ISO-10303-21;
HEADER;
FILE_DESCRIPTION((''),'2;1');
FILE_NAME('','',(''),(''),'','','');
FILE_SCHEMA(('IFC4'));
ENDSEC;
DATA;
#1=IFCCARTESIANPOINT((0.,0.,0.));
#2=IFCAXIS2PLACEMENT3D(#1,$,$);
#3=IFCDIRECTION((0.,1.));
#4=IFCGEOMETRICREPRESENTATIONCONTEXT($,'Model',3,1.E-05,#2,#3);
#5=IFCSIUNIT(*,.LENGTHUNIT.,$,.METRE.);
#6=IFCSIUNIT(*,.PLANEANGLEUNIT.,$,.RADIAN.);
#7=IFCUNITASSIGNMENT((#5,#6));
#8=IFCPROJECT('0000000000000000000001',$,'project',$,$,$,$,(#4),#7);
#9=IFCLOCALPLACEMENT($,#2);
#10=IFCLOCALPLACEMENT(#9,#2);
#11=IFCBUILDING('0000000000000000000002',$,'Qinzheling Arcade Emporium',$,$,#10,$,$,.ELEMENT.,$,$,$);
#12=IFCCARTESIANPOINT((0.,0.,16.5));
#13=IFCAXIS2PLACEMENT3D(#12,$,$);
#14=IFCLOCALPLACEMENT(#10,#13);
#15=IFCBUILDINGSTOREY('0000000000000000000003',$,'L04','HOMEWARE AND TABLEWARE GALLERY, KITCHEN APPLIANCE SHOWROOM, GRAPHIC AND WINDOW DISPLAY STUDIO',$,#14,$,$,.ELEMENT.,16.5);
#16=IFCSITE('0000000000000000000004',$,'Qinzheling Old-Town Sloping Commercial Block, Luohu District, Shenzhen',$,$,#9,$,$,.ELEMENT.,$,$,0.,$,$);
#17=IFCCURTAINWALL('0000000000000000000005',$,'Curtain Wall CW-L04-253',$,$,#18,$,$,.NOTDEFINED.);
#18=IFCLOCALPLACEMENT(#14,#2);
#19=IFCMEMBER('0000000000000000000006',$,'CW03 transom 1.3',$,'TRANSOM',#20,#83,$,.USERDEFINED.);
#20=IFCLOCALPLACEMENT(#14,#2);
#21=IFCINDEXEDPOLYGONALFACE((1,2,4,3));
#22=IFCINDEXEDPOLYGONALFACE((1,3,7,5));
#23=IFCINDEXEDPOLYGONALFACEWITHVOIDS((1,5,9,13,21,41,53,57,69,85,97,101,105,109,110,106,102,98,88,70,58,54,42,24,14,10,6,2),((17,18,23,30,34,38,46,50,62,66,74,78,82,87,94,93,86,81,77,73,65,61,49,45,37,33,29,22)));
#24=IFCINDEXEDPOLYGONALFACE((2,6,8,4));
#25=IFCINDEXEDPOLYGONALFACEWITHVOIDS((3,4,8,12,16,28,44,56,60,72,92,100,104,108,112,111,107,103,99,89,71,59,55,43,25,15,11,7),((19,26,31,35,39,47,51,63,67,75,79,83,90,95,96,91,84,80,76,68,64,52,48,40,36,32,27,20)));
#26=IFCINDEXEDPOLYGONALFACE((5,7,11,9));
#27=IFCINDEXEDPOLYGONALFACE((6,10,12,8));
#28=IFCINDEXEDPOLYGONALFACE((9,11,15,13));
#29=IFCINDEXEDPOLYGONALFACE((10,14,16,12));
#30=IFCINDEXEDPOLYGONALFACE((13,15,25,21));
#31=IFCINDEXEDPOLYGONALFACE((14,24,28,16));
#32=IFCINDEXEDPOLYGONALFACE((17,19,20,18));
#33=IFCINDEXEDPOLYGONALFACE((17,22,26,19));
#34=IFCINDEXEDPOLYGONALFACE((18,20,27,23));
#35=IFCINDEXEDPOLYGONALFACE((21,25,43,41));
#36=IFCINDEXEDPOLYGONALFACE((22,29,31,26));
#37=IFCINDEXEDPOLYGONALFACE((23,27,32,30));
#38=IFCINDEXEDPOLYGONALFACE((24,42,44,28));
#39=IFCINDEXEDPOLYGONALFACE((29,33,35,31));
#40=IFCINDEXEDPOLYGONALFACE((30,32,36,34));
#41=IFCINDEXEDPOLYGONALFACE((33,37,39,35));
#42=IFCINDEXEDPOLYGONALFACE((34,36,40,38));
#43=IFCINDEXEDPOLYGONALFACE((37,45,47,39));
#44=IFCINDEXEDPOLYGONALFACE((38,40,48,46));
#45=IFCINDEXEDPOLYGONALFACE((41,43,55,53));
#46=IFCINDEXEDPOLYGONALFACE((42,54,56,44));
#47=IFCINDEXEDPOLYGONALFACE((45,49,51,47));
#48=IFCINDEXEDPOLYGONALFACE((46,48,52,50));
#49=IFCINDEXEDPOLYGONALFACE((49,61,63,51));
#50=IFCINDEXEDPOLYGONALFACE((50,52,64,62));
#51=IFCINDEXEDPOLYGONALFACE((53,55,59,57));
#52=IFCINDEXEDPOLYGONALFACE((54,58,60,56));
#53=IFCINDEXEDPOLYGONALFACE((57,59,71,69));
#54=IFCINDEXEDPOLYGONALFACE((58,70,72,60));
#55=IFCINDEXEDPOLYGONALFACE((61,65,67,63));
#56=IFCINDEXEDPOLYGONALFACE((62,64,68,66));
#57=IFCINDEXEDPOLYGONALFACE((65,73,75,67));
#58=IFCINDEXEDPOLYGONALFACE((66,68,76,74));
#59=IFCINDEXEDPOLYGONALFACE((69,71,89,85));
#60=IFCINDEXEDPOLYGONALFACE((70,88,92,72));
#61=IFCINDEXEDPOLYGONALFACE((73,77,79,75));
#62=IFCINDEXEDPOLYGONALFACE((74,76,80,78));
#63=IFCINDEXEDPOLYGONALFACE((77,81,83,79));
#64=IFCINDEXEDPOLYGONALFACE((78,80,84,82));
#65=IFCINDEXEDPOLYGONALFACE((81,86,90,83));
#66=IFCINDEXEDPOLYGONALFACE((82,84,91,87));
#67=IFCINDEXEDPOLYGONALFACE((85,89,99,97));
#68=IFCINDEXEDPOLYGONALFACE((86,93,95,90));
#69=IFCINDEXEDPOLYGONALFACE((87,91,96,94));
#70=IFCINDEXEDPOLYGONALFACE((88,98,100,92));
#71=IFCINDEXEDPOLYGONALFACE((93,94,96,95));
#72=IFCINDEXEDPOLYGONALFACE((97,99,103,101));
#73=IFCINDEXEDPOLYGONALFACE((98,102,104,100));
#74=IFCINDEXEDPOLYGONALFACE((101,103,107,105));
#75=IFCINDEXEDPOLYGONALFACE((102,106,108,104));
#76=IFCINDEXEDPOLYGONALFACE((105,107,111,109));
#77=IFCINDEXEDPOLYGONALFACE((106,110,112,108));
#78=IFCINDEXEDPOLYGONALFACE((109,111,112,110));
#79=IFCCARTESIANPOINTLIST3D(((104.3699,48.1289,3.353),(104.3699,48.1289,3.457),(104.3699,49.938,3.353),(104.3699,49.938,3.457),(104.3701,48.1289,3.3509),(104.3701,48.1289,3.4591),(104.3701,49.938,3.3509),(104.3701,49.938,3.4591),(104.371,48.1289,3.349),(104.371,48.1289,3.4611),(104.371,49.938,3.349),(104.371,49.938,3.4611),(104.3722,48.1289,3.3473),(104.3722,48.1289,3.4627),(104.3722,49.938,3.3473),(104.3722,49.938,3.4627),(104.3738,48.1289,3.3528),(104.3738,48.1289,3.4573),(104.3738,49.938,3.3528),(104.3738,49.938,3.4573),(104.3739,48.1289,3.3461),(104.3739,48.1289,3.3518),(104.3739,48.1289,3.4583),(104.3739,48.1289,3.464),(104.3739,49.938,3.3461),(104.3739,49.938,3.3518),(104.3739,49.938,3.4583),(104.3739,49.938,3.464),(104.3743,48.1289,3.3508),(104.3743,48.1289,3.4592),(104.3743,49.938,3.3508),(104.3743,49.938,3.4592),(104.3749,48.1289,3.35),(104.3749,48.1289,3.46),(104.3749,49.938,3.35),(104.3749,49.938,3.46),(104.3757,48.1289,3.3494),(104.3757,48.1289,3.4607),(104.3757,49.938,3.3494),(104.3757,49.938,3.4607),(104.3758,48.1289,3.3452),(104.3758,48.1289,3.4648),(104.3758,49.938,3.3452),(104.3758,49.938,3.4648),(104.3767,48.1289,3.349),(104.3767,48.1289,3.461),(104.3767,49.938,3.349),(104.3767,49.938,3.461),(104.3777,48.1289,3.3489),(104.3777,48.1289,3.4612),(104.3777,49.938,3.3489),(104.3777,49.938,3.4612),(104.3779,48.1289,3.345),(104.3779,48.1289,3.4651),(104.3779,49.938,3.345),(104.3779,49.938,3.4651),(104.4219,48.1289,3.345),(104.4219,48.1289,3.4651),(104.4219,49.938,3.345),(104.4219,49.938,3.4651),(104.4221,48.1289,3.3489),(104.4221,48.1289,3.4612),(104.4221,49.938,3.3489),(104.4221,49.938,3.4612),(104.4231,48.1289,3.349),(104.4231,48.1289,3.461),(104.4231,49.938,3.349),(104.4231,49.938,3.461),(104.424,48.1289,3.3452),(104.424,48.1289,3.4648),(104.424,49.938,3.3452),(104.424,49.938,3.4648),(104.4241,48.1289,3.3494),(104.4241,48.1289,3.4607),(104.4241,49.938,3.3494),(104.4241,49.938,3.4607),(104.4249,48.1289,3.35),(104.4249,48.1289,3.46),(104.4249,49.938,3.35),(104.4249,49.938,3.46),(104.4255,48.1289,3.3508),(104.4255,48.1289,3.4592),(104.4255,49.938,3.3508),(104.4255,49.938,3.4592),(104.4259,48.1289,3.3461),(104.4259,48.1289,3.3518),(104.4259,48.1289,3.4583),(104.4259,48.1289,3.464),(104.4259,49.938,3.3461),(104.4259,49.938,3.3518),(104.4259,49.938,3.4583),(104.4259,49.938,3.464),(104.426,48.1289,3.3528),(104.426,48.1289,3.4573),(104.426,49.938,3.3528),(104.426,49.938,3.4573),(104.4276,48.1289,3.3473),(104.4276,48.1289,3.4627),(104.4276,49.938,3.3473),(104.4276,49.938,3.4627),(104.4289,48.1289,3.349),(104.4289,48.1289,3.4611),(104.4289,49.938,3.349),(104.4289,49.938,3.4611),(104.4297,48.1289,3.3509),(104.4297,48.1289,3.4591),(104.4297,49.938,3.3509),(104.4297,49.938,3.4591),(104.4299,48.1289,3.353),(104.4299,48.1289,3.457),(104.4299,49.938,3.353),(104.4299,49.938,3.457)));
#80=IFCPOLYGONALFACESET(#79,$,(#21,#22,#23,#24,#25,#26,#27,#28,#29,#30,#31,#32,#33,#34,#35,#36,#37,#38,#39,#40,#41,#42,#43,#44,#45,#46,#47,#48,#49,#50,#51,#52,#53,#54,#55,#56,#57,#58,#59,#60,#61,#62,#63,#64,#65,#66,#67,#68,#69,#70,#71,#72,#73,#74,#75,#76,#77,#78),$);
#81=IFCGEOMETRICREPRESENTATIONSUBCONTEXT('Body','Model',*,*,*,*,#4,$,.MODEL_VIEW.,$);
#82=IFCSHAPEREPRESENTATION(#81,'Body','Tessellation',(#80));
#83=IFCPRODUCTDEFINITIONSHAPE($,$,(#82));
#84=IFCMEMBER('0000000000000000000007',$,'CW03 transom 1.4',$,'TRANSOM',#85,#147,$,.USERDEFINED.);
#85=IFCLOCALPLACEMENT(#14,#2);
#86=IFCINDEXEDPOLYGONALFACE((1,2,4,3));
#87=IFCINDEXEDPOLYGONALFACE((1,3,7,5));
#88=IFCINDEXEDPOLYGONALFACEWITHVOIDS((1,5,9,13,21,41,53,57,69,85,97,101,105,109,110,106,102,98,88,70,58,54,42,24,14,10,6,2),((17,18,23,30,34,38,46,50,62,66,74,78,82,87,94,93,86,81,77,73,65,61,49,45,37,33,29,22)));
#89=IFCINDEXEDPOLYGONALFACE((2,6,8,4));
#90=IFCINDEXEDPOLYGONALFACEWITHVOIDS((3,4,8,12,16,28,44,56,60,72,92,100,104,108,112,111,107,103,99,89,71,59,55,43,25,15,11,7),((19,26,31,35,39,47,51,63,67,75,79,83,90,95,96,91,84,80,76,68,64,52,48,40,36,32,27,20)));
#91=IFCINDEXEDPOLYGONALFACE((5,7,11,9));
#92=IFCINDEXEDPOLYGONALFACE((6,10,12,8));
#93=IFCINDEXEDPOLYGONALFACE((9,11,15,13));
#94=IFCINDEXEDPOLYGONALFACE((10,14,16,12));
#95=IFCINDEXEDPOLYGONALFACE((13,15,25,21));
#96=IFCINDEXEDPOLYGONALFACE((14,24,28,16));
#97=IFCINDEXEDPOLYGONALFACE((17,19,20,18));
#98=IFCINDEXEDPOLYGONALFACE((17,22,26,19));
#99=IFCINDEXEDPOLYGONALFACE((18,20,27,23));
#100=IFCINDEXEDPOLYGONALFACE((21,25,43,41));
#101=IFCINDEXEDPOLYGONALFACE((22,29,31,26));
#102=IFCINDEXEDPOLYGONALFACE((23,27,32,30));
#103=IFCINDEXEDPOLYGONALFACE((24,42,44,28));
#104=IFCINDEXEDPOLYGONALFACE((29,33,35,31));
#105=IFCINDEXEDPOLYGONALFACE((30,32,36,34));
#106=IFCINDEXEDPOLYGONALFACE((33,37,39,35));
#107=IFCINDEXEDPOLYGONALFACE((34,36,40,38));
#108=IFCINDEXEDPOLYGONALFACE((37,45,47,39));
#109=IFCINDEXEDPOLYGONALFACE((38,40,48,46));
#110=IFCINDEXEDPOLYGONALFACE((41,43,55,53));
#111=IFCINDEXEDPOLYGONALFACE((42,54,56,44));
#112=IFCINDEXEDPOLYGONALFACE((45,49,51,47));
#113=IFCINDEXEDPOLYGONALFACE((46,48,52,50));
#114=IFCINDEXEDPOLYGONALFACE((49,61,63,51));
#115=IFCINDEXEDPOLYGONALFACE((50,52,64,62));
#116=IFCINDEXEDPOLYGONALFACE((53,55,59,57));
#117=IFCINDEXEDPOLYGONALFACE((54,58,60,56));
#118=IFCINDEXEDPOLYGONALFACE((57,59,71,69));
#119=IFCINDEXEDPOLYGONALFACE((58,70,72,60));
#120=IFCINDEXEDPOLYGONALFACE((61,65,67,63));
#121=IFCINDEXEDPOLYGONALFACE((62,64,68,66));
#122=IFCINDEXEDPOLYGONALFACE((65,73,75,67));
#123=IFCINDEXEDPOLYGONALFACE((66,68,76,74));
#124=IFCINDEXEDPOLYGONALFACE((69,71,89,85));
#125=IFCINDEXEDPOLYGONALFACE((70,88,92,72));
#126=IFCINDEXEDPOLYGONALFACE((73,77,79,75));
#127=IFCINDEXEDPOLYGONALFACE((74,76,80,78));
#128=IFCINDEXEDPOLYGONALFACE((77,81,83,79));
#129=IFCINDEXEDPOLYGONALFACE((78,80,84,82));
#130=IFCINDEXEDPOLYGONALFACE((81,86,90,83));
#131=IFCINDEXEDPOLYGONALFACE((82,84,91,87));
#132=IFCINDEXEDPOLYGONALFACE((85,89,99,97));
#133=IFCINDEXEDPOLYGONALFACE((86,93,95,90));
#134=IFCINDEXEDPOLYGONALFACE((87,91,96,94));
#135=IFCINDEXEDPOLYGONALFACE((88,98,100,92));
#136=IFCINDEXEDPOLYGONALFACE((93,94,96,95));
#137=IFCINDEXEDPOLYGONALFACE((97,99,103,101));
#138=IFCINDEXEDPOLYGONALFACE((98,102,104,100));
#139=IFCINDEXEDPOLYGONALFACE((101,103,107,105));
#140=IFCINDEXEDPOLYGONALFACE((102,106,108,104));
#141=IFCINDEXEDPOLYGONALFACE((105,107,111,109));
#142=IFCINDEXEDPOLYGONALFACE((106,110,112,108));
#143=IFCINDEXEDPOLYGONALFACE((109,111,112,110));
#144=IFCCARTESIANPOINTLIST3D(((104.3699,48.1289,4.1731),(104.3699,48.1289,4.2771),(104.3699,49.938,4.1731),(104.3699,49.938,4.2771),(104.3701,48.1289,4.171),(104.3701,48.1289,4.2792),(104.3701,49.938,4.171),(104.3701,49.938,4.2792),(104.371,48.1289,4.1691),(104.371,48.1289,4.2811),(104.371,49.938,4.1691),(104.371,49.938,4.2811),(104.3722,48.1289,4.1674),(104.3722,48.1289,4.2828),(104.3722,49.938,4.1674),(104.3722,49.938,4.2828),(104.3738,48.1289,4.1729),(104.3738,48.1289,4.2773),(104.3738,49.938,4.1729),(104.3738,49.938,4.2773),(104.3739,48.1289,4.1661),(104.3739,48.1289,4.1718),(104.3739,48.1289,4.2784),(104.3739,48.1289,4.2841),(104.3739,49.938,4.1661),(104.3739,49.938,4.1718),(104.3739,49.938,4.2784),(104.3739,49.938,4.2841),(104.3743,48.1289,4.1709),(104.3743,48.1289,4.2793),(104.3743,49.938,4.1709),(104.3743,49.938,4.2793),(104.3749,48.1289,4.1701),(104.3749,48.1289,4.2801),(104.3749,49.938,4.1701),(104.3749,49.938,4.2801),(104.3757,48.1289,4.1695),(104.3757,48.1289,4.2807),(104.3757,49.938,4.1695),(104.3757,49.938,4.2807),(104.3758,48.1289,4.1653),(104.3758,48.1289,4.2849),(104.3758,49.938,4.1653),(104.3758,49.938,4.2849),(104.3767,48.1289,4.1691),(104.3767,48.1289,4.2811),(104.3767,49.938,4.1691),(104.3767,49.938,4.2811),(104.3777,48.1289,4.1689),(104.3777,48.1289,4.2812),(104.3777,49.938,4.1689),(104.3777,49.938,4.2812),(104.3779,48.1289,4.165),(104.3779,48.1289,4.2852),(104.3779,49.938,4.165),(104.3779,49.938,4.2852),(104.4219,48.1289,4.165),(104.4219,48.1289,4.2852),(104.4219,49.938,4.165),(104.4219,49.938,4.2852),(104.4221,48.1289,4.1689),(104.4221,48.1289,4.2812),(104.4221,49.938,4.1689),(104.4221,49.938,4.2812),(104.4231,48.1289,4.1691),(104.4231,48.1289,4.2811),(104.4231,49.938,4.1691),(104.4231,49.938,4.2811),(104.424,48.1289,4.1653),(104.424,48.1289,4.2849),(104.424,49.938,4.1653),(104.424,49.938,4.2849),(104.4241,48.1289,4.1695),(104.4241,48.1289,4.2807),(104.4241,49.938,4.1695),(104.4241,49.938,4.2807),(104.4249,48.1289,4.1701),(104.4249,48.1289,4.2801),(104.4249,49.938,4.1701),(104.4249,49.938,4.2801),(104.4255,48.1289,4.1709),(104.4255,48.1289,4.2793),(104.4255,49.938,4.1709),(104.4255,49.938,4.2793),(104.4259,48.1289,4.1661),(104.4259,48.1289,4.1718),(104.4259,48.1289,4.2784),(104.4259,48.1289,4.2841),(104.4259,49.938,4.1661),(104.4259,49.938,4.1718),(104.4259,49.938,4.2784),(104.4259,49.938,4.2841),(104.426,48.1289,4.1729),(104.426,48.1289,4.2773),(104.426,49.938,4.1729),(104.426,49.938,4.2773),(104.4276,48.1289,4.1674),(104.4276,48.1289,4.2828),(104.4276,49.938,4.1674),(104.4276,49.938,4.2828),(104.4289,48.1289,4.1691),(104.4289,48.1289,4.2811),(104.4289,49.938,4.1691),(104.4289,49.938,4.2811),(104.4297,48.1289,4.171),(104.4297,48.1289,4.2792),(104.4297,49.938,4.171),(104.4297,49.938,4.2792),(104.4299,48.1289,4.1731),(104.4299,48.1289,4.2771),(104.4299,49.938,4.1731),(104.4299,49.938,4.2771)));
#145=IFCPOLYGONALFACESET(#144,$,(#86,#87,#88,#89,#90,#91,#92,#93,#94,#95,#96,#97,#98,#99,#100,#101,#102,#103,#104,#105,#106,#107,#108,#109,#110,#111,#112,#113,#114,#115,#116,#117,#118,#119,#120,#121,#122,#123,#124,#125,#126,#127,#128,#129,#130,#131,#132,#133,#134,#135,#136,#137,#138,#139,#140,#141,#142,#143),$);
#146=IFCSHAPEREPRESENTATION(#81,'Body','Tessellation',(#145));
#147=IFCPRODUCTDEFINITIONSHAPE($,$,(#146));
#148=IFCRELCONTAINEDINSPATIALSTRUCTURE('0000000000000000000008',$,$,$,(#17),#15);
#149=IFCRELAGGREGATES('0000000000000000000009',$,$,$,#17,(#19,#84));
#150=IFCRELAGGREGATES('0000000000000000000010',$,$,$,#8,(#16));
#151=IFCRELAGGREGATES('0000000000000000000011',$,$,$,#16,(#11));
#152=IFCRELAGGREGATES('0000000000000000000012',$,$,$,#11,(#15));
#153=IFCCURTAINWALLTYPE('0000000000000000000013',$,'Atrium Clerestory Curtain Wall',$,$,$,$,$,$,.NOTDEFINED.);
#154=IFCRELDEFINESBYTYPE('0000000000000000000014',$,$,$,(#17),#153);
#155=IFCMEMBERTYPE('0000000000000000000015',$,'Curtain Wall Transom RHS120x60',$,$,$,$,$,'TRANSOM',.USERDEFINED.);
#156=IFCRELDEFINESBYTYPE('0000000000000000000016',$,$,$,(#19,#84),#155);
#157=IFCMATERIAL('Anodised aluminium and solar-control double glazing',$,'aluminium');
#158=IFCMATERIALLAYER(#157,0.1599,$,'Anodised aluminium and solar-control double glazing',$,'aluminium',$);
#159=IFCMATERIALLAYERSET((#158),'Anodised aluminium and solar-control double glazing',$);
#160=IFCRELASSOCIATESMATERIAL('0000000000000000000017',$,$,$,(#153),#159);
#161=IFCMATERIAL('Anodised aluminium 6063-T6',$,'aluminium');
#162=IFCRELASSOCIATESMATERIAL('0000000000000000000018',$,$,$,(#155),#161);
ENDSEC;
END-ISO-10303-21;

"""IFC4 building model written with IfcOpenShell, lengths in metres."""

from ifc_helpers import new_model, si_unit, direction, frame, origin, origin_2d, place, context, subcontext, project, spatial, hollow_rectangle, extrude, material, layer, layer_set, material_profile, profile_set, type_object, element, aggregate, save


model = new_model("IFC4")

# Units and contexts
model_context = context("Model", 3, precision=1e-05, world=origin(), true_north=direction((0.0, 1.0)))
body_context = subcontext(model_context, "Body", "Model", "MODEL_VIEW")
ifc_project = project(units=[si_unit("LENGTHUNIT", "METRE"), si_unit("PLANEANGLEUNIT", "RADIAN")], contexts=[model_context])

# Site, building, storey
site_placement = place(None, origin())
site = spatial("IfcSite", under=ifc_project, at=site_placement, Name="Qinzheling Old-Town Sloping Commercial Block, Luohu District, Shenzhen", CompositionType="ELEMENT", RefElevation=0.0)
building_placement = place(site_placement, origin())
building = spatial("IfcBuilding", under=site, at=building_placement, Name="Qinzheling Arcade Emporium", CompositionType="ELEMENT")
storey_placement = place(building_placement, frame((0.0, 0.0, 16.5)))
storey = spatial("IfcBuildingStorey", under=building, at=storey_placement, Name="L04", Description="HOMEWARE AND TABLEWARE GALLERY, KITCHEN APPLIANCE SHOWROOM, GRAPHIC AND WINDOW DISPLAY STUDIO", CompositionType="ELEMENT", Elevation=16.5)

# Shared definitions
ifc_material_1 = material(Name="Anodised aluminium and solar-control double glazing", Category="aluminium")
ifc_layer_1 = layer(ifc_material_1, 0.1599, Name="Anodised aluminium and solar-control double glazing", Category="aluminium")
ifc_layer_set_1 = layer_set([ifc_layer_1], Name="Anodised aluminium and solar-control double glazing")
curtain_wall_type = type_object("IfcCurtainWallType", Name="Atrium Clerestory Curtain Wall", PredefinedType="NOTDEFINED", material=ifc_layer_set_1)
ifc_material_2 = material(Name="Anodised aluminium 6063-T6", Category="aluminium")

# Curtain wall, members
curtain_wall_1_placement = place(storey_placement, origin())
curtain_wall_1 = element("IfcCurtainWall", 1, at=curtain_wall_1_placement, inside=storey, type_object=curtain_wall_type, Name="Curtain Wall CW-L04-253", PredefinedType="NOTDEFINED")
ifc_material_profile_1 = material_profile(ifc_material_2, hollow_rectangle(XDim=0.0601, YDim=0.1201, WallThickness=0.0039, InnerFilletRadius=0.0039, OuterFilletRadius=0.0081, at=origin_2d()), Name="RHS 120x60x4", Category="aluminium")
ifc_profile_set_1 = profile_set([ifc_material_profile_1], Name="Anodised aluminium 6063-T6")
member_type_1 = type_object("IfcMemberType", Name="Curtain Wall Transom RHS120x60", ElementType="TRANSOM", PredefinedType="USERDEFINED", material=ifc_profile_set_1)
member_1_placement = place(storey_placement, frame((104.3999, 49.938, 3.405), z_axis=(0.0, -1.0, 0.0), x_axis=(1.0, 0.0, 0.0)))
member_1 = element("IfcMember", 2, at=member_1_placement, type_object=member_type_1, Name="CW03 transom 1.3", ObjectType="TRANSOM", PredefinedType="USERDEFINED", context=body_context, shape_type="SweptSolid", body=[
    extrude(hollow_rectangle(XDim=0.0601, YDim=0.1201, WallThickness=0.0039, InnerFilletRadius=0.0039, OuterFilletRadius=0.0081, at=origin_2d()), origin(), (0.0, 0.0, 1.0), 1.8091),
])
member_2_placement = place(storey_placement, frame((104.3999, 49.938, 4.2251), z_axis=(0.0, -1.0, 0.0), x_axis=(1.0, 0.0, 0.0)))
member_2 = element("IfcMember", 3, at=member_2_placement, type_object=member_type_1, Name="CW03 transom 1.4", ObjectType="TRANSOM", PredefinedType="USERDEFINED", context=body_context, shape_type="SweptSolid", body=[
    extrude(hollow_rectangle(XDim=0.0601, YDim=0.1201, WallThickness=0.0039, InnerFilletRadius=0.0039, OuterFilletRadius=0.0081, at=origin_2d()), origin(), (0.0, 0.0, 1.0), 1.8091),
])
aggregate(curtain_wall_1, [member_1, member_2])

save(model, "model.ifc")
